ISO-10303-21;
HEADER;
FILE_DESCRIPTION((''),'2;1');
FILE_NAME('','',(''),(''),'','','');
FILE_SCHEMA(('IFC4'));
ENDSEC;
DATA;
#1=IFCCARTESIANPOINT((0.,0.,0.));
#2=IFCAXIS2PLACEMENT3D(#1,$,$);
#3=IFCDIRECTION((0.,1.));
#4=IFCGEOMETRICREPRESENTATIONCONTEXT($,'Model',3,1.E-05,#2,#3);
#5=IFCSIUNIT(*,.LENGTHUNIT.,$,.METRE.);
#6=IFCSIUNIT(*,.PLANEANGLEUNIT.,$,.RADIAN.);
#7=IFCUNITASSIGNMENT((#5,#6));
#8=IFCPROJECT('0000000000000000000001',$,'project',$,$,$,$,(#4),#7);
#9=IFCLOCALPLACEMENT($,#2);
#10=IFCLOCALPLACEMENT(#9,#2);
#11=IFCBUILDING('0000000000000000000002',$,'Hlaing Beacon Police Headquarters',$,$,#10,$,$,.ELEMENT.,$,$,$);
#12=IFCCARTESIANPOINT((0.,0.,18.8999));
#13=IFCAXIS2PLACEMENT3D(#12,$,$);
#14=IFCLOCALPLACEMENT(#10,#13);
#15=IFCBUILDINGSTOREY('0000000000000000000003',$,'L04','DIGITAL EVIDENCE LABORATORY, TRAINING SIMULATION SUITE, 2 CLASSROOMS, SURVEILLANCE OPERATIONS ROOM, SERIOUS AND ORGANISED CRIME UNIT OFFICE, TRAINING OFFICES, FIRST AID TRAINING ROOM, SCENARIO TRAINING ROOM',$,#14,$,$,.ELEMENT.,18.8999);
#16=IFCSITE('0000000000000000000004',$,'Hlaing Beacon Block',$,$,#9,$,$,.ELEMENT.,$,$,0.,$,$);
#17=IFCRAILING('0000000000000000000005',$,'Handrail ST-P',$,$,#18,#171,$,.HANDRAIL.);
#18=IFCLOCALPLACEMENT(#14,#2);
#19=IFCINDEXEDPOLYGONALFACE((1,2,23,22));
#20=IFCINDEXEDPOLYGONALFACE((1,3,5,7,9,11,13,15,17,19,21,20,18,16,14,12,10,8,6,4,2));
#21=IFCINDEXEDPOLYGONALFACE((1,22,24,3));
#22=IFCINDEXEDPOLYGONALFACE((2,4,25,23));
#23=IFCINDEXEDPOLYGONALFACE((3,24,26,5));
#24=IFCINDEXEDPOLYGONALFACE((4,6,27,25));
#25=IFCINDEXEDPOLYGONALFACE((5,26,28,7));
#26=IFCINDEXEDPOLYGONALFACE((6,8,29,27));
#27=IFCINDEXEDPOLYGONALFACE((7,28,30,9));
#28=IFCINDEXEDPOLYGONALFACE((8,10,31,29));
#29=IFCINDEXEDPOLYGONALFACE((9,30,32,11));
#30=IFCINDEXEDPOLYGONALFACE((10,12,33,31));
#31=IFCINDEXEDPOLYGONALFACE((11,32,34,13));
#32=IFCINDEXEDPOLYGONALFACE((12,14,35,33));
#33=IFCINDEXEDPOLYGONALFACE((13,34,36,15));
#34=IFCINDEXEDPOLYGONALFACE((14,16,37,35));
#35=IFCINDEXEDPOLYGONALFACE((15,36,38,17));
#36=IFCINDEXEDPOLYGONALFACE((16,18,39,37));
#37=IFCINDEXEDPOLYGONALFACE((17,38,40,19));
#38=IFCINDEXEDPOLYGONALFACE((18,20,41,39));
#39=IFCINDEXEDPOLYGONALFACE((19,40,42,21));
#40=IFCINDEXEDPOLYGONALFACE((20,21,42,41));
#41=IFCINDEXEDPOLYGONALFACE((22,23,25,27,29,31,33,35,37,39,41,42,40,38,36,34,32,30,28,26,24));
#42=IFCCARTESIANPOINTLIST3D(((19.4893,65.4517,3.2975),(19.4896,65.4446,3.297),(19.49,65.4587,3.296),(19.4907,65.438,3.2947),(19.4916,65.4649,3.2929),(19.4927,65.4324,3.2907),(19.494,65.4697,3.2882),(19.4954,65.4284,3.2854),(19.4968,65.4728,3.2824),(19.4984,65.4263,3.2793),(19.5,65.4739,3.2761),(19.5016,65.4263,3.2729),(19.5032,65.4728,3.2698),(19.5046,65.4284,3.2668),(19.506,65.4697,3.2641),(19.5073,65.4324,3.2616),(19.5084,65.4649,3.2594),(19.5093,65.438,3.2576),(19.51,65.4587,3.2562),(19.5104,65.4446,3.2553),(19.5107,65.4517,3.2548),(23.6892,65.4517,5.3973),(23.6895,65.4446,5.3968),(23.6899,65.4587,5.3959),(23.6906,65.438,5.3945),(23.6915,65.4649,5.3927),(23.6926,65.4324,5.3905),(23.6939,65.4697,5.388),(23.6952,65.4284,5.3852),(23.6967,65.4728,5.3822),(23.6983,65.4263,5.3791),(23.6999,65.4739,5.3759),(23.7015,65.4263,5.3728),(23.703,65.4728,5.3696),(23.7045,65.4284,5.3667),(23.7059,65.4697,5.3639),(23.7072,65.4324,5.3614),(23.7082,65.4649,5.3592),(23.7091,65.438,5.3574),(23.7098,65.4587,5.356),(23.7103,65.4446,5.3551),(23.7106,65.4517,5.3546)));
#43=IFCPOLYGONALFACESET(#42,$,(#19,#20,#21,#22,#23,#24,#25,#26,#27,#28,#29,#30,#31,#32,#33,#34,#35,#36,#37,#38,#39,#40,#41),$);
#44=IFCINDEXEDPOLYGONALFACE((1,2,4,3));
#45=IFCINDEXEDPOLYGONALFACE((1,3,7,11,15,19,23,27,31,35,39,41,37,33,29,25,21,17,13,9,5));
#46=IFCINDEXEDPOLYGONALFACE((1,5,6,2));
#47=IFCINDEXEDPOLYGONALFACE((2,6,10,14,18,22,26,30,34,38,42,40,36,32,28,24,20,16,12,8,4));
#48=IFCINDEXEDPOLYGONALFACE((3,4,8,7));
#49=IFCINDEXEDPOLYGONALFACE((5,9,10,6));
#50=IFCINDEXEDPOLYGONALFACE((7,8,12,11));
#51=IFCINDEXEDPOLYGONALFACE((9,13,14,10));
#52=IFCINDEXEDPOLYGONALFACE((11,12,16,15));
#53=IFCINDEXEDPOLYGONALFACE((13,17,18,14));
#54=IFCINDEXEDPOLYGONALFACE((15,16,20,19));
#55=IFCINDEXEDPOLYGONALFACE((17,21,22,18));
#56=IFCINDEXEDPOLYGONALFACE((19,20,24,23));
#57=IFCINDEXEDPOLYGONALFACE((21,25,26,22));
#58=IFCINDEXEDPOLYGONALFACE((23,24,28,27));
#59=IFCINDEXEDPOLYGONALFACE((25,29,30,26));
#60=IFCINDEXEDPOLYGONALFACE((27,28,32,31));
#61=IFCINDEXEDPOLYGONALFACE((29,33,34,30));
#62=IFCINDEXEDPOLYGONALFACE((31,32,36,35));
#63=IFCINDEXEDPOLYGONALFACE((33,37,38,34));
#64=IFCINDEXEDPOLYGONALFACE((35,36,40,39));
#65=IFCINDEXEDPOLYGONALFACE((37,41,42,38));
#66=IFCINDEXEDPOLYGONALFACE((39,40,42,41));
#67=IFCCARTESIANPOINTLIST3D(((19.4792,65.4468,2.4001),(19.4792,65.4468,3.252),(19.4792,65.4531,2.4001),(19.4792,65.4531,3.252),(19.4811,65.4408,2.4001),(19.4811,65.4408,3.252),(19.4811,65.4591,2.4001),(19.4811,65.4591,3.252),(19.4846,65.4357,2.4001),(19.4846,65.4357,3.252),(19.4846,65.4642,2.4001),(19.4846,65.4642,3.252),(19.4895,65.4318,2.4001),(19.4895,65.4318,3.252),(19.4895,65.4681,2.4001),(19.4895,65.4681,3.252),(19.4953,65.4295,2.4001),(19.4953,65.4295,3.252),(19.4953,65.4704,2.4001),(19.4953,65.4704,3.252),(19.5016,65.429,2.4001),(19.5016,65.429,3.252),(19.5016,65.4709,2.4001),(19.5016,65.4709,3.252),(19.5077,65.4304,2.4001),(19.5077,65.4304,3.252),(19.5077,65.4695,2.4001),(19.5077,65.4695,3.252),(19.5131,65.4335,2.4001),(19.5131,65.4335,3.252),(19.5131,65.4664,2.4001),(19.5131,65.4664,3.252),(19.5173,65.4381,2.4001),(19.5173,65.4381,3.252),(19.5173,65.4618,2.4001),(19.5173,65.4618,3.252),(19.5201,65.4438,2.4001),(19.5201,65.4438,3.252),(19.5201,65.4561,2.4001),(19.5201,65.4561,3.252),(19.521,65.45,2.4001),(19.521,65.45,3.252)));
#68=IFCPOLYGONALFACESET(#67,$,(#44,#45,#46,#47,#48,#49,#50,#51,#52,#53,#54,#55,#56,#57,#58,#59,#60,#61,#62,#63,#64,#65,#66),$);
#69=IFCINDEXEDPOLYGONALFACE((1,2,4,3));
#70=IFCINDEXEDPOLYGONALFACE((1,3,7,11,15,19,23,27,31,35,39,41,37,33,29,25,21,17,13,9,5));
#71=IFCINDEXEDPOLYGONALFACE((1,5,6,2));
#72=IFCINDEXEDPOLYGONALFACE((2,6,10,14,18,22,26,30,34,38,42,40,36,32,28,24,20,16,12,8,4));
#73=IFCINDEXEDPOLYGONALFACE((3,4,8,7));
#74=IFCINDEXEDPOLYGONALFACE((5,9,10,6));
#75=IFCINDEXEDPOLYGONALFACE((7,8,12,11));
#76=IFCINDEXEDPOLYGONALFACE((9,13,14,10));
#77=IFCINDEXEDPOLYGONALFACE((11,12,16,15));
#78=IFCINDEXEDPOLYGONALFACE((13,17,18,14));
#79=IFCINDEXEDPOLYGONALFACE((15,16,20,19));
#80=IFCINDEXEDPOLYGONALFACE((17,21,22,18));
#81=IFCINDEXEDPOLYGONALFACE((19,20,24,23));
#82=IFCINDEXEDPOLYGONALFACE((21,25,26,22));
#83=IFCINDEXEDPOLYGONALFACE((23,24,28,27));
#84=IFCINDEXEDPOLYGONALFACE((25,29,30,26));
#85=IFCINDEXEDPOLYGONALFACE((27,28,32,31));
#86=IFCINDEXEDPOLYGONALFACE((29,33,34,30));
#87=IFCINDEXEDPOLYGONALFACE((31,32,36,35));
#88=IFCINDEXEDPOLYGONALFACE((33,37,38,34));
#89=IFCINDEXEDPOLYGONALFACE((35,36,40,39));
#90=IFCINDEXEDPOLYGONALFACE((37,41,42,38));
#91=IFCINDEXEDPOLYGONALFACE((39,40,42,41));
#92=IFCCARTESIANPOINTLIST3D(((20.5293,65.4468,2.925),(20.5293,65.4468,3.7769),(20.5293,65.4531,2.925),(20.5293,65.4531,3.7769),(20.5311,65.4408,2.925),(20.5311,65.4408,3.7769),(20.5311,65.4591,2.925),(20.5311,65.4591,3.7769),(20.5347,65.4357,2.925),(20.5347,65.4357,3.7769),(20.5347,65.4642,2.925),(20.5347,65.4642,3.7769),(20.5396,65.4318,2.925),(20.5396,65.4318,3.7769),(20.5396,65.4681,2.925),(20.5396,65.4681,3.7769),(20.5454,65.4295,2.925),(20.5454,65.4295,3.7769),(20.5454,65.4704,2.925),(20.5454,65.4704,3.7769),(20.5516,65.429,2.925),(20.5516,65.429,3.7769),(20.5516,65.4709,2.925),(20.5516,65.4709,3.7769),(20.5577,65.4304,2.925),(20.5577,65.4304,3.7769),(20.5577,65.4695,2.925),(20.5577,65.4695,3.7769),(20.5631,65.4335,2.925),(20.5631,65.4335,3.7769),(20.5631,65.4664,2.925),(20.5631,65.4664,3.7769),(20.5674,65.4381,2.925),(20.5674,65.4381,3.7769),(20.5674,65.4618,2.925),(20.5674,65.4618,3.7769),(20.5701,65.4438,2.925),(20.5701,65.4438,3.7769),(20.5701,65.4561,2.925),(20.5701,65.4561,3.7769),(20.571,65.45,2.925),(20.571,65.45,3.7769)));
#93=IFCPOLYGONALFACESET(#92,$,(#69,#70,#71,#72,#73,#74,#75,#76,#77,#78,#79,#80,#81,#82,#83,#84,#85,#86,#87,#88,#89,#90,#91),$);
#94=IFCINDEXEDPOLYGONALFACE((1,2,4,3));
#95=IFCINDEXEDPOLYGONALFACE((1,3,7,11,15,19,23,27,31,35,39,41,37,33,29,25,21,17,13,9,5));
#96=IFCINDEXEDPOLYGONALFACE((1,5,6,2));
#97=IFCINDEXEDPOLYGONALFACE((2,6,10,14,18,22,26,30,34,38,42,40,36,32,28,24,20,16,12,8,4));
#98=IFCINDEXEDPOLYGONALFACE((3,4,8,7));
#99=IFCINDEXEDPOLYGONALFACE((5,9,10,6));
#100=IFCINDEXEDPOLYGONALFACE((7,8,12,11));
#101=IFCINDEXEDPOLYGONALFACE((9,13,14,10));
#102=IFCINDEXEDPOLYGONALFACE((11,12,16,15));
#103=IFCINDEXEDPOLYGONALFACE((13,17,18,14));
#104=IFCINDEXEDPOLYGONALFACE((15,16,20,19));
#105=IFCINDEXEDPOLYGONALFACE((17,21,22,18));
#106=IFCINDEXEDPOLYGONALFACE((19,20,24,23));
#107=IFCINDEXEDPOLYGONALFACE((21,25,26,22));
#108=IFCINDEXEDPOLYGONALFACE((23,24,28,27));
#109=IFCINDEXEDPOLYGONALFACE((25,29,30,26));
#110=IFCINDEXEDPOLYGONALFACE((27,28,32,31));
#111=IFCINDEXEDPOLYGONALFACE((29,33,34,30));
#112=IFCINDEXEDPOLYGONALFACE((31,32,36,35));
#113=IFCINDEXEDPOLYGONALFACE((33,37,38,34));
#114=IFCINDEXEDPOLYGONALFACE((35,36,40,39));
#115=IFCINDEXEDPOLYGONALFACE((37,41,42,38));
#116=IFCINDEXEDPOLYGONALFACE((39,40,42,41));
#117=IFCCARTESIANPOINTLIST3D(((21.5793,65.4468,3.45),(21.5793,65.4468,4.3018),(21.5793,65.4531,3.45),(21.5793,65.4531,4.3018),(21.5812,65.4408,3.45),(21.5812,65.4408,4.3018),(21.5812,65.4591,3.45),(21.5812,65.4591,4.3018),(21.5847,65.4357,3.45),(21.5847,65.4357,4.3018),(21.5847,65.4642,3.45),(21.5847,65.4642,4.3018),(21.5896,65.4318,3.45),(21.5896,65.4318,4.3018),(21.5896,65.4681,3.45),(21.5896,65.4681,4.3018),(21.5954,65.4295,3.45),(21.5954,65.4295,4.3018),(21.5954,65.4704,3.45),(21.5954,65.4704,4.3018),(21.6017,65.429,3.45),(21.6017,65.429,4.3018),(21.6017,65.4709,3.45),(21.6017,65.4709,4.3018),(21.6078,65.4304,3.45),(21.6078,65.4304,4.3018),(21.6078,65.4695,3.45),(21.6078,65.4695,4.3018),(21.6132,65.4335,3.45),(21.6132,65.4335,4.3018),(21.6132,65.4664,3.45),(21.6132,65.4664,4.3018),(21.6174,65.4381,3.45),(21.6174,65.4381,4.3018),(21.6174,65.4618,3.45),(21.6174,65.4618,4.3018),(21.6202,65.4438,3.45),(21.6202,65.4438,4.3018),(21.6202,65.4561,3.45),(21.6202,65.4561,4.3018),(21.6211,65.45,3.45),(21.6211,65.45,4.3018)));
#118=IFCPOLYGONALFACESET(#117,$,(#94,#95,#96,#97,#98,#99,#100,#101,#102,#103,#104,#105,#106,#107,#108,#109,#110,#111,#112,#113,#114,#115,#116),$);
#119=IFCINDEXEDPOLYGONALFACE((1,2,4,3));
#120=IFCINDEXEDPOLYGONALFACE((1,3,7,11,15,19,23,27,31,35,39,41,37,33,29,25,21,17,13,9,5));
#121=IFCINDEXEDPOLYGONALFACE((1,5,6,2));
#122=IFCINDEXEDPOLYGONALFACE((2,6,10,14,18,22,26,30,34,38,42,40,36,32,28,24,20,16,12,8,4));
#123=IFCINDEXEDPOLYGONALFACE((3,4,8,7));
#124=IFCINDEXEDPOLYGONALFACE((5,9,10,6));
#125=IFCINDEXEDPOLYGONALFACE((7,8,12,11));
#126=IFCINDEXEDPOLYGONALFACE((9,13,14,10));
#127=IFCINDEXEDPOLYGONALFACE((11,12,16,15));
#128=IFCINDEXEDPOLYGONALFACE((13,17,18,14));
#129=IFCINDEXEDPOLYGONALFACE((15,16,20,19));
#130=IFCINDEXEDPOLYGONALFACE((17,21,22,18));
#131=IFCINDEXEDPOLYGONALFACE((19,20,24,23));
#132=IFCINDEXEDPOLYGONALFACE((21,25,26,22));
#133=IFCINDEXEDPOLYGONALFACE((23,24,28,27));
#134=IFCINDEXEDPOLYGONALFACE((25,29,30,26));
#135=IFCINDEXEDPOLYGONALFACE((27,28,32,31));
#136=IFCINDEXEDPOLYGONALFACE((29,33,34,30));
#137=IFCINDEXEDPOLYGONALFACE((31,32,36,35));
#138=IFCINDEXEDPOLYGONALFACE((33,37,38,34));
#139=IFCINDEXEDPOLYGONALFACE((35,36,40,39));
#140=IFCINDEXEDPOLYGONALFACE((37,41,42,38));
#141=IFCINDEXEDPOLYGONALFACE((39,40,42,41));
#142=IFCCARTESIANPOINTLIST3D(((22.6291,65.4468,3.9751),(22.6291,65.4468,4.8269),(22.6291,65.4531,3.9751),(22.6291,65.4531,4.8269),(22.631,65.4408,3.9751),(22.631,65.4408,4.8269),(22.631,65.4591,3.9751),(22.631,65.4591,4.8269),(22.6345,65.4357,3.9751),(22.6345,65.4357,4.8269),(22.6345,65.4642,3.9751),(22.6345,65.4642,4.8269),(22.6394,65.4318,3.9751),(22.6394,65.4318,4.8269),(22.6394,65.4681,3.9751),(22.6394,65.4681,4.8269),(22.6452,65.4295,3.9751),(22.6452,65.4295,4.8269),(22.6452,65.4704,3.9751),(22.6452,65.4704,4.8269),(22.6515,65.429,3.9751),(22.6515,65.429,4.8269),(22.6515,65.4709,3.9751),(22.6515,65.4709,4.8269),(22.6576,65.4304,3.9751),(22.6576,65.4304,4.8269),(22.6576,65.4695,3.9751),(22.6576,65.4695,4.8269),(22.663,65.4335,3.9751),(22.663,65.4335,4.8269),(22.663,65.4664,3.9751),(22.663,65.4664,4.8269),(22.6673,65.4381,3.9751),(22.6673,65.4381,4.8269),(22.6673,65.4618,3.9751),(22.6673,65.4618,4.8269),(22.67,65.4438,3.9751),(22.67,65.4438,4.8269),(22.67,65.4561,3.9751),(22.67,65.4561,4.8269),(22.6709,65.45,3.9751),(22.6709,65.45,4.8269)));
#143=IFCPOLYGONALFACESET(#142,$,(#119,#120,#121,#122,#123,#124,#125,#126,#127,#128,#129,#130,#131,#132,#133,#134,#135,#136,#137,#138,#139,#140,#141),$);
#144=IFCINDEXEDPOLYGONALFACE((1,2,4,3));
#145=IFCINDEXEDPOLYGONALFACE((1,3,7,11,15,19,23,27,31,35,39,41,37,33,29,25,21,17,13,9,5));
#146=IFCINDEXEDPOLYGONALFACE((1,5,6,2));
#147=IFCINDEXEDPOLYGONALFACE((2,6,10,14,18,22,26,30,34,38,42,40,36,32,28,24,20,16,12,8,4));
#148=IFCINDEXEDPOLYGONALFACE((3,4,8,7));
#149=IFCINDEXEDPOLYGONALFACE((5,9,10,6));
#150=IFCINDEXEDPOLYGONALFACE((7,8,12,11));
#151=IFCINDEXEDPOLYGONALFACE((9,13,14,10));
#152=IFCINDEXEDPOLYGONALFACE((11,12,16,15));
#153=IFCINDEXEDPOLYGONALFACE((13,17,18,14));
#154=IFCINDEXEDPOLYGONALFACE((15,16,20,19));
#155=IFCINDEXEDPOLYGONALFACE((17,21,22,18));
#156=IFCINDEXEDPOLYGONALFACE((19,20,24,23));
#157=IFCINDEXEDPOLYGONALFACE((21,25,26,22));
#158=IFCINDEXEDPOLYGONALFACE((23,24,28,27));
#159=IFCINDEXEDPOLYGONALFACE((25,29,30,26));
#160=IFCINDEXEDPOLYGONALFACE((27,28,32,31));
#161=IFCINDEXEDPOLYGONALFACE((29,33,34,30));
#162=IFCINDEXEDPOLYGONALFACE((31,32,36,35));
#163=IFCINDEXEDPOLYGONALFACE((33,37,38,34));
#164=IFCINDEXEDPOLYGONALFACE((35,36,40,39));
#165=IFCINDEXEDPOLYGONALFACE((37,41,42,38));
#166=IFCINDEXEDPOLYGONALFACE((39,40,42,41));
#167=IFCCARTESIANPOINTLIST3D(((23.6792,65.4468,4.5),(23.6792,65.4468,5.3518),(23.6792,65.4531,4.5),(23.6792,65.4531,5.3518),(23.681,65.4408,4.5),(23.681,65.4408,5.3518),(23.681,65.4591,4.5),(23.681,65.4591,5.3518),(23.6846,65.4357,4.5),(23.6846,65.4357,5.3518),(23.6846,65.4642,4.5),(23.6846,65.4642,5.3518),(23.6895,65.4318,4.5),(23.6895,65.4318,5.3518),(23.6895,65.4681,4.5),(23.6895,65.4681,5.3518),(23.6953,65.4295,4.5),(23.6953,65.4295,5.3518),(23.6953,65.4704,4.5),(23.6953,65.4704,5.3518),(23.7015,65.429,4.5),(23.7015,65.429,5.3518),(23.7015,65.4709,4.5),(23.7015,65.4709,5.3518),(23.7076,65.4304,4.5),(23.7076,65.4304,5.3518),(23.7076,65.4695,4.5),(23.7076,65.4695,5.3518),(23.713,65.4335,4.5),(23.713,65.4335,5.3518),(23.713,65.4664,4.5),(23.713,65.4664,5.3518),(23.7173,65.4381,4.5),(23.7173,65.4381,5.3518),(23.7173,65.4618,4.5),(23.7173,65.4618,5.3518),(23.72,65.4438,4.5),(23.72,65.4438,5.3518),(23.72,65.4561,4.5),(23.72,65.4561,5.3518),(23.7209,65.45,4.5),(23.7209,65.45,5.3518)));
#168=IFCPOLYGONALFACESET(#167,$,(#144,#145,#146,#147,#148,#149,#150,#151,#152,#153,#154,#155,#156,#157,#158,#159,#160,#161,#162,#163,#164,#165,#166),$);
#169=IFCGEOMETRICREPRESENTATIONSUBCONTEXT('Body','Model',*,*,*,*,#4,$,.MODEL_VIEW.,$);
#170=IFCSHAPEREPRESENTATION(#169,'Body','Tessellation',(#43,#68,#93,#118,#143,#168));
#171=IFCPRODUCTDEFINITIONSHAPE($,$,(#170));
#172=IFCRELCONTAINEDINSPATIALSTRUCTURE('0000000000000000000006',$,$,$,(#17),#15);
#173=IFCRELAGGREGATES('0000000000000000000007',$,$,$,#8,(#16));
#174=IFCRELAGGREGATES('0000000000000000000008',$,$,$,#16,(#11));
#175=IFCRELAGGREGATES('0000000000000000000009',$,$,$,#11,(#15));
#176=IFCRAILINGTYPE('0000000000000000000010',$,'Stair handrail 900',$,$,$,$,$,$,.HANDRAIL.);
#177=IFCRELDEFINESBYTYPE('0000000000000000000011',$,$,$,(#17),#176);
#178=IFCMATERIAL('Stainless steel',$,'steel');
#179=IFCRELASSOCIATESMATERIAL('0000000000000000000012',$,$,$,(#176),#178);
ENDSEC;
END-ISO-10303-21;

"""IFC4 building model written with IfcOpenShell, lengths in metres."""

from ifc_helpers import new_model, si_unit, direction, frame, origin, origin_2d, place, context, subcontext, project, spatial, circle, extrude, material, type_object, element, save


model = new_model("IFC4")

# Units and contexts
model_context = context("Model", 3, precision=1e-05, world=origin(), true_north=direction((0.0, 1.0)))
body_context = subcontext(model_context, "Body", "Model", "MODEL_VIEW")
ifc_project = project(units=[si_unit("LENGTHUNIT", "METRE"), si_unit("PLANEANGLEUNIT", "RADIAN")], contexts=[model_context])

# Site, building, storey
site_placement = place(None, origin())
site = spatial("IfcSite", under=ifc_project, at=site_placement, Name="Hlaing Beacon Block", CompositionType="ELEMENT", RefElevation=0.0)
building_placement = place(site_placement, origin())
building = spatial("IfcBuilding", under=site, at=building_placement, Name="Hlaing Beacon Police Headquarters", CompositionType="ELEMENT")
storey_placement = place(building_placement, frame((0.0, 0.0, 18.8999)))
storey = spatial("IfcBuildingStorey", under=building, at=storey_placement, Name="L04", Description="DIGITAL EVIDENCE LABORATORY, TRAINING SIMULATION SUITE, 2 CLASSROOMS, SURVEILLANCE OPERATIONS ROOM, SERIOUS AND ORGANISED CRIME UNIT OFFICE, TRAINING OFFICES, FIRST AID TRAINING ROOM, SCENARIO TRAINING ROOM", CompositionType="ELEMENT", Elevation=18.8999)

# Railing
ifc_material_1 = material(Name="Stainless steel", Category="steel")
railing_type_1 = type_object("IfcRailingType", Name="Stair handrail 900", PredefinedType="HANDRAIL", material=ifc_material_1)
for number, where, name in (
    (1, (19.5, 65.45, 2.4001), "Handrail ST-P"),
):
    element("IfcRailing", number, at=place(storey_placement, frame(where)), inside=storey, type_object=railing_type_1, Name=name, PredefinedType="HANDRAIL", context=body_context, shape_type="SweptSolid", body=[
        extrude(circle(Radius=0.0239, at=origin_2d()), frame((0.0, 0.0, 0.876), z_axis=(0.894438, 0.0, 0.447193), x_axis=(0.0, 1.0, 0.0)), (0.0, 0.0, 1.0), 4.6956),
        extrude(circle(Radius=0.021, at=origin_2d()), origin(), (0.0, 0.0, 1.0), 0.8518),
        extrude(circle(Radius=0.021, at=origin_2d()), frame((1.05, 0.0, 0.5249)), (0.0, 0.0, 1.0), 0.8518),
        extrude(circle(Radius=0.021, at=origin_2d()), frame((2.1001, 0.0, 1.0498)), (0.0, 0.0, 1.0), 0.8518),
        extrude(circle(Radius=0.021, at=origin_2d()), frame((3.1499, 0.0, 1.575)), (0.0, 0.0, 1.0), 0.8518),
        extrude(circle(Radius=0.021, at=origin_2d()), frame((4.2, 0.0, 2.0999)), (0.0, 0.0, 1.0), 0.8518),
    ])

save(model, "model.ifc")
